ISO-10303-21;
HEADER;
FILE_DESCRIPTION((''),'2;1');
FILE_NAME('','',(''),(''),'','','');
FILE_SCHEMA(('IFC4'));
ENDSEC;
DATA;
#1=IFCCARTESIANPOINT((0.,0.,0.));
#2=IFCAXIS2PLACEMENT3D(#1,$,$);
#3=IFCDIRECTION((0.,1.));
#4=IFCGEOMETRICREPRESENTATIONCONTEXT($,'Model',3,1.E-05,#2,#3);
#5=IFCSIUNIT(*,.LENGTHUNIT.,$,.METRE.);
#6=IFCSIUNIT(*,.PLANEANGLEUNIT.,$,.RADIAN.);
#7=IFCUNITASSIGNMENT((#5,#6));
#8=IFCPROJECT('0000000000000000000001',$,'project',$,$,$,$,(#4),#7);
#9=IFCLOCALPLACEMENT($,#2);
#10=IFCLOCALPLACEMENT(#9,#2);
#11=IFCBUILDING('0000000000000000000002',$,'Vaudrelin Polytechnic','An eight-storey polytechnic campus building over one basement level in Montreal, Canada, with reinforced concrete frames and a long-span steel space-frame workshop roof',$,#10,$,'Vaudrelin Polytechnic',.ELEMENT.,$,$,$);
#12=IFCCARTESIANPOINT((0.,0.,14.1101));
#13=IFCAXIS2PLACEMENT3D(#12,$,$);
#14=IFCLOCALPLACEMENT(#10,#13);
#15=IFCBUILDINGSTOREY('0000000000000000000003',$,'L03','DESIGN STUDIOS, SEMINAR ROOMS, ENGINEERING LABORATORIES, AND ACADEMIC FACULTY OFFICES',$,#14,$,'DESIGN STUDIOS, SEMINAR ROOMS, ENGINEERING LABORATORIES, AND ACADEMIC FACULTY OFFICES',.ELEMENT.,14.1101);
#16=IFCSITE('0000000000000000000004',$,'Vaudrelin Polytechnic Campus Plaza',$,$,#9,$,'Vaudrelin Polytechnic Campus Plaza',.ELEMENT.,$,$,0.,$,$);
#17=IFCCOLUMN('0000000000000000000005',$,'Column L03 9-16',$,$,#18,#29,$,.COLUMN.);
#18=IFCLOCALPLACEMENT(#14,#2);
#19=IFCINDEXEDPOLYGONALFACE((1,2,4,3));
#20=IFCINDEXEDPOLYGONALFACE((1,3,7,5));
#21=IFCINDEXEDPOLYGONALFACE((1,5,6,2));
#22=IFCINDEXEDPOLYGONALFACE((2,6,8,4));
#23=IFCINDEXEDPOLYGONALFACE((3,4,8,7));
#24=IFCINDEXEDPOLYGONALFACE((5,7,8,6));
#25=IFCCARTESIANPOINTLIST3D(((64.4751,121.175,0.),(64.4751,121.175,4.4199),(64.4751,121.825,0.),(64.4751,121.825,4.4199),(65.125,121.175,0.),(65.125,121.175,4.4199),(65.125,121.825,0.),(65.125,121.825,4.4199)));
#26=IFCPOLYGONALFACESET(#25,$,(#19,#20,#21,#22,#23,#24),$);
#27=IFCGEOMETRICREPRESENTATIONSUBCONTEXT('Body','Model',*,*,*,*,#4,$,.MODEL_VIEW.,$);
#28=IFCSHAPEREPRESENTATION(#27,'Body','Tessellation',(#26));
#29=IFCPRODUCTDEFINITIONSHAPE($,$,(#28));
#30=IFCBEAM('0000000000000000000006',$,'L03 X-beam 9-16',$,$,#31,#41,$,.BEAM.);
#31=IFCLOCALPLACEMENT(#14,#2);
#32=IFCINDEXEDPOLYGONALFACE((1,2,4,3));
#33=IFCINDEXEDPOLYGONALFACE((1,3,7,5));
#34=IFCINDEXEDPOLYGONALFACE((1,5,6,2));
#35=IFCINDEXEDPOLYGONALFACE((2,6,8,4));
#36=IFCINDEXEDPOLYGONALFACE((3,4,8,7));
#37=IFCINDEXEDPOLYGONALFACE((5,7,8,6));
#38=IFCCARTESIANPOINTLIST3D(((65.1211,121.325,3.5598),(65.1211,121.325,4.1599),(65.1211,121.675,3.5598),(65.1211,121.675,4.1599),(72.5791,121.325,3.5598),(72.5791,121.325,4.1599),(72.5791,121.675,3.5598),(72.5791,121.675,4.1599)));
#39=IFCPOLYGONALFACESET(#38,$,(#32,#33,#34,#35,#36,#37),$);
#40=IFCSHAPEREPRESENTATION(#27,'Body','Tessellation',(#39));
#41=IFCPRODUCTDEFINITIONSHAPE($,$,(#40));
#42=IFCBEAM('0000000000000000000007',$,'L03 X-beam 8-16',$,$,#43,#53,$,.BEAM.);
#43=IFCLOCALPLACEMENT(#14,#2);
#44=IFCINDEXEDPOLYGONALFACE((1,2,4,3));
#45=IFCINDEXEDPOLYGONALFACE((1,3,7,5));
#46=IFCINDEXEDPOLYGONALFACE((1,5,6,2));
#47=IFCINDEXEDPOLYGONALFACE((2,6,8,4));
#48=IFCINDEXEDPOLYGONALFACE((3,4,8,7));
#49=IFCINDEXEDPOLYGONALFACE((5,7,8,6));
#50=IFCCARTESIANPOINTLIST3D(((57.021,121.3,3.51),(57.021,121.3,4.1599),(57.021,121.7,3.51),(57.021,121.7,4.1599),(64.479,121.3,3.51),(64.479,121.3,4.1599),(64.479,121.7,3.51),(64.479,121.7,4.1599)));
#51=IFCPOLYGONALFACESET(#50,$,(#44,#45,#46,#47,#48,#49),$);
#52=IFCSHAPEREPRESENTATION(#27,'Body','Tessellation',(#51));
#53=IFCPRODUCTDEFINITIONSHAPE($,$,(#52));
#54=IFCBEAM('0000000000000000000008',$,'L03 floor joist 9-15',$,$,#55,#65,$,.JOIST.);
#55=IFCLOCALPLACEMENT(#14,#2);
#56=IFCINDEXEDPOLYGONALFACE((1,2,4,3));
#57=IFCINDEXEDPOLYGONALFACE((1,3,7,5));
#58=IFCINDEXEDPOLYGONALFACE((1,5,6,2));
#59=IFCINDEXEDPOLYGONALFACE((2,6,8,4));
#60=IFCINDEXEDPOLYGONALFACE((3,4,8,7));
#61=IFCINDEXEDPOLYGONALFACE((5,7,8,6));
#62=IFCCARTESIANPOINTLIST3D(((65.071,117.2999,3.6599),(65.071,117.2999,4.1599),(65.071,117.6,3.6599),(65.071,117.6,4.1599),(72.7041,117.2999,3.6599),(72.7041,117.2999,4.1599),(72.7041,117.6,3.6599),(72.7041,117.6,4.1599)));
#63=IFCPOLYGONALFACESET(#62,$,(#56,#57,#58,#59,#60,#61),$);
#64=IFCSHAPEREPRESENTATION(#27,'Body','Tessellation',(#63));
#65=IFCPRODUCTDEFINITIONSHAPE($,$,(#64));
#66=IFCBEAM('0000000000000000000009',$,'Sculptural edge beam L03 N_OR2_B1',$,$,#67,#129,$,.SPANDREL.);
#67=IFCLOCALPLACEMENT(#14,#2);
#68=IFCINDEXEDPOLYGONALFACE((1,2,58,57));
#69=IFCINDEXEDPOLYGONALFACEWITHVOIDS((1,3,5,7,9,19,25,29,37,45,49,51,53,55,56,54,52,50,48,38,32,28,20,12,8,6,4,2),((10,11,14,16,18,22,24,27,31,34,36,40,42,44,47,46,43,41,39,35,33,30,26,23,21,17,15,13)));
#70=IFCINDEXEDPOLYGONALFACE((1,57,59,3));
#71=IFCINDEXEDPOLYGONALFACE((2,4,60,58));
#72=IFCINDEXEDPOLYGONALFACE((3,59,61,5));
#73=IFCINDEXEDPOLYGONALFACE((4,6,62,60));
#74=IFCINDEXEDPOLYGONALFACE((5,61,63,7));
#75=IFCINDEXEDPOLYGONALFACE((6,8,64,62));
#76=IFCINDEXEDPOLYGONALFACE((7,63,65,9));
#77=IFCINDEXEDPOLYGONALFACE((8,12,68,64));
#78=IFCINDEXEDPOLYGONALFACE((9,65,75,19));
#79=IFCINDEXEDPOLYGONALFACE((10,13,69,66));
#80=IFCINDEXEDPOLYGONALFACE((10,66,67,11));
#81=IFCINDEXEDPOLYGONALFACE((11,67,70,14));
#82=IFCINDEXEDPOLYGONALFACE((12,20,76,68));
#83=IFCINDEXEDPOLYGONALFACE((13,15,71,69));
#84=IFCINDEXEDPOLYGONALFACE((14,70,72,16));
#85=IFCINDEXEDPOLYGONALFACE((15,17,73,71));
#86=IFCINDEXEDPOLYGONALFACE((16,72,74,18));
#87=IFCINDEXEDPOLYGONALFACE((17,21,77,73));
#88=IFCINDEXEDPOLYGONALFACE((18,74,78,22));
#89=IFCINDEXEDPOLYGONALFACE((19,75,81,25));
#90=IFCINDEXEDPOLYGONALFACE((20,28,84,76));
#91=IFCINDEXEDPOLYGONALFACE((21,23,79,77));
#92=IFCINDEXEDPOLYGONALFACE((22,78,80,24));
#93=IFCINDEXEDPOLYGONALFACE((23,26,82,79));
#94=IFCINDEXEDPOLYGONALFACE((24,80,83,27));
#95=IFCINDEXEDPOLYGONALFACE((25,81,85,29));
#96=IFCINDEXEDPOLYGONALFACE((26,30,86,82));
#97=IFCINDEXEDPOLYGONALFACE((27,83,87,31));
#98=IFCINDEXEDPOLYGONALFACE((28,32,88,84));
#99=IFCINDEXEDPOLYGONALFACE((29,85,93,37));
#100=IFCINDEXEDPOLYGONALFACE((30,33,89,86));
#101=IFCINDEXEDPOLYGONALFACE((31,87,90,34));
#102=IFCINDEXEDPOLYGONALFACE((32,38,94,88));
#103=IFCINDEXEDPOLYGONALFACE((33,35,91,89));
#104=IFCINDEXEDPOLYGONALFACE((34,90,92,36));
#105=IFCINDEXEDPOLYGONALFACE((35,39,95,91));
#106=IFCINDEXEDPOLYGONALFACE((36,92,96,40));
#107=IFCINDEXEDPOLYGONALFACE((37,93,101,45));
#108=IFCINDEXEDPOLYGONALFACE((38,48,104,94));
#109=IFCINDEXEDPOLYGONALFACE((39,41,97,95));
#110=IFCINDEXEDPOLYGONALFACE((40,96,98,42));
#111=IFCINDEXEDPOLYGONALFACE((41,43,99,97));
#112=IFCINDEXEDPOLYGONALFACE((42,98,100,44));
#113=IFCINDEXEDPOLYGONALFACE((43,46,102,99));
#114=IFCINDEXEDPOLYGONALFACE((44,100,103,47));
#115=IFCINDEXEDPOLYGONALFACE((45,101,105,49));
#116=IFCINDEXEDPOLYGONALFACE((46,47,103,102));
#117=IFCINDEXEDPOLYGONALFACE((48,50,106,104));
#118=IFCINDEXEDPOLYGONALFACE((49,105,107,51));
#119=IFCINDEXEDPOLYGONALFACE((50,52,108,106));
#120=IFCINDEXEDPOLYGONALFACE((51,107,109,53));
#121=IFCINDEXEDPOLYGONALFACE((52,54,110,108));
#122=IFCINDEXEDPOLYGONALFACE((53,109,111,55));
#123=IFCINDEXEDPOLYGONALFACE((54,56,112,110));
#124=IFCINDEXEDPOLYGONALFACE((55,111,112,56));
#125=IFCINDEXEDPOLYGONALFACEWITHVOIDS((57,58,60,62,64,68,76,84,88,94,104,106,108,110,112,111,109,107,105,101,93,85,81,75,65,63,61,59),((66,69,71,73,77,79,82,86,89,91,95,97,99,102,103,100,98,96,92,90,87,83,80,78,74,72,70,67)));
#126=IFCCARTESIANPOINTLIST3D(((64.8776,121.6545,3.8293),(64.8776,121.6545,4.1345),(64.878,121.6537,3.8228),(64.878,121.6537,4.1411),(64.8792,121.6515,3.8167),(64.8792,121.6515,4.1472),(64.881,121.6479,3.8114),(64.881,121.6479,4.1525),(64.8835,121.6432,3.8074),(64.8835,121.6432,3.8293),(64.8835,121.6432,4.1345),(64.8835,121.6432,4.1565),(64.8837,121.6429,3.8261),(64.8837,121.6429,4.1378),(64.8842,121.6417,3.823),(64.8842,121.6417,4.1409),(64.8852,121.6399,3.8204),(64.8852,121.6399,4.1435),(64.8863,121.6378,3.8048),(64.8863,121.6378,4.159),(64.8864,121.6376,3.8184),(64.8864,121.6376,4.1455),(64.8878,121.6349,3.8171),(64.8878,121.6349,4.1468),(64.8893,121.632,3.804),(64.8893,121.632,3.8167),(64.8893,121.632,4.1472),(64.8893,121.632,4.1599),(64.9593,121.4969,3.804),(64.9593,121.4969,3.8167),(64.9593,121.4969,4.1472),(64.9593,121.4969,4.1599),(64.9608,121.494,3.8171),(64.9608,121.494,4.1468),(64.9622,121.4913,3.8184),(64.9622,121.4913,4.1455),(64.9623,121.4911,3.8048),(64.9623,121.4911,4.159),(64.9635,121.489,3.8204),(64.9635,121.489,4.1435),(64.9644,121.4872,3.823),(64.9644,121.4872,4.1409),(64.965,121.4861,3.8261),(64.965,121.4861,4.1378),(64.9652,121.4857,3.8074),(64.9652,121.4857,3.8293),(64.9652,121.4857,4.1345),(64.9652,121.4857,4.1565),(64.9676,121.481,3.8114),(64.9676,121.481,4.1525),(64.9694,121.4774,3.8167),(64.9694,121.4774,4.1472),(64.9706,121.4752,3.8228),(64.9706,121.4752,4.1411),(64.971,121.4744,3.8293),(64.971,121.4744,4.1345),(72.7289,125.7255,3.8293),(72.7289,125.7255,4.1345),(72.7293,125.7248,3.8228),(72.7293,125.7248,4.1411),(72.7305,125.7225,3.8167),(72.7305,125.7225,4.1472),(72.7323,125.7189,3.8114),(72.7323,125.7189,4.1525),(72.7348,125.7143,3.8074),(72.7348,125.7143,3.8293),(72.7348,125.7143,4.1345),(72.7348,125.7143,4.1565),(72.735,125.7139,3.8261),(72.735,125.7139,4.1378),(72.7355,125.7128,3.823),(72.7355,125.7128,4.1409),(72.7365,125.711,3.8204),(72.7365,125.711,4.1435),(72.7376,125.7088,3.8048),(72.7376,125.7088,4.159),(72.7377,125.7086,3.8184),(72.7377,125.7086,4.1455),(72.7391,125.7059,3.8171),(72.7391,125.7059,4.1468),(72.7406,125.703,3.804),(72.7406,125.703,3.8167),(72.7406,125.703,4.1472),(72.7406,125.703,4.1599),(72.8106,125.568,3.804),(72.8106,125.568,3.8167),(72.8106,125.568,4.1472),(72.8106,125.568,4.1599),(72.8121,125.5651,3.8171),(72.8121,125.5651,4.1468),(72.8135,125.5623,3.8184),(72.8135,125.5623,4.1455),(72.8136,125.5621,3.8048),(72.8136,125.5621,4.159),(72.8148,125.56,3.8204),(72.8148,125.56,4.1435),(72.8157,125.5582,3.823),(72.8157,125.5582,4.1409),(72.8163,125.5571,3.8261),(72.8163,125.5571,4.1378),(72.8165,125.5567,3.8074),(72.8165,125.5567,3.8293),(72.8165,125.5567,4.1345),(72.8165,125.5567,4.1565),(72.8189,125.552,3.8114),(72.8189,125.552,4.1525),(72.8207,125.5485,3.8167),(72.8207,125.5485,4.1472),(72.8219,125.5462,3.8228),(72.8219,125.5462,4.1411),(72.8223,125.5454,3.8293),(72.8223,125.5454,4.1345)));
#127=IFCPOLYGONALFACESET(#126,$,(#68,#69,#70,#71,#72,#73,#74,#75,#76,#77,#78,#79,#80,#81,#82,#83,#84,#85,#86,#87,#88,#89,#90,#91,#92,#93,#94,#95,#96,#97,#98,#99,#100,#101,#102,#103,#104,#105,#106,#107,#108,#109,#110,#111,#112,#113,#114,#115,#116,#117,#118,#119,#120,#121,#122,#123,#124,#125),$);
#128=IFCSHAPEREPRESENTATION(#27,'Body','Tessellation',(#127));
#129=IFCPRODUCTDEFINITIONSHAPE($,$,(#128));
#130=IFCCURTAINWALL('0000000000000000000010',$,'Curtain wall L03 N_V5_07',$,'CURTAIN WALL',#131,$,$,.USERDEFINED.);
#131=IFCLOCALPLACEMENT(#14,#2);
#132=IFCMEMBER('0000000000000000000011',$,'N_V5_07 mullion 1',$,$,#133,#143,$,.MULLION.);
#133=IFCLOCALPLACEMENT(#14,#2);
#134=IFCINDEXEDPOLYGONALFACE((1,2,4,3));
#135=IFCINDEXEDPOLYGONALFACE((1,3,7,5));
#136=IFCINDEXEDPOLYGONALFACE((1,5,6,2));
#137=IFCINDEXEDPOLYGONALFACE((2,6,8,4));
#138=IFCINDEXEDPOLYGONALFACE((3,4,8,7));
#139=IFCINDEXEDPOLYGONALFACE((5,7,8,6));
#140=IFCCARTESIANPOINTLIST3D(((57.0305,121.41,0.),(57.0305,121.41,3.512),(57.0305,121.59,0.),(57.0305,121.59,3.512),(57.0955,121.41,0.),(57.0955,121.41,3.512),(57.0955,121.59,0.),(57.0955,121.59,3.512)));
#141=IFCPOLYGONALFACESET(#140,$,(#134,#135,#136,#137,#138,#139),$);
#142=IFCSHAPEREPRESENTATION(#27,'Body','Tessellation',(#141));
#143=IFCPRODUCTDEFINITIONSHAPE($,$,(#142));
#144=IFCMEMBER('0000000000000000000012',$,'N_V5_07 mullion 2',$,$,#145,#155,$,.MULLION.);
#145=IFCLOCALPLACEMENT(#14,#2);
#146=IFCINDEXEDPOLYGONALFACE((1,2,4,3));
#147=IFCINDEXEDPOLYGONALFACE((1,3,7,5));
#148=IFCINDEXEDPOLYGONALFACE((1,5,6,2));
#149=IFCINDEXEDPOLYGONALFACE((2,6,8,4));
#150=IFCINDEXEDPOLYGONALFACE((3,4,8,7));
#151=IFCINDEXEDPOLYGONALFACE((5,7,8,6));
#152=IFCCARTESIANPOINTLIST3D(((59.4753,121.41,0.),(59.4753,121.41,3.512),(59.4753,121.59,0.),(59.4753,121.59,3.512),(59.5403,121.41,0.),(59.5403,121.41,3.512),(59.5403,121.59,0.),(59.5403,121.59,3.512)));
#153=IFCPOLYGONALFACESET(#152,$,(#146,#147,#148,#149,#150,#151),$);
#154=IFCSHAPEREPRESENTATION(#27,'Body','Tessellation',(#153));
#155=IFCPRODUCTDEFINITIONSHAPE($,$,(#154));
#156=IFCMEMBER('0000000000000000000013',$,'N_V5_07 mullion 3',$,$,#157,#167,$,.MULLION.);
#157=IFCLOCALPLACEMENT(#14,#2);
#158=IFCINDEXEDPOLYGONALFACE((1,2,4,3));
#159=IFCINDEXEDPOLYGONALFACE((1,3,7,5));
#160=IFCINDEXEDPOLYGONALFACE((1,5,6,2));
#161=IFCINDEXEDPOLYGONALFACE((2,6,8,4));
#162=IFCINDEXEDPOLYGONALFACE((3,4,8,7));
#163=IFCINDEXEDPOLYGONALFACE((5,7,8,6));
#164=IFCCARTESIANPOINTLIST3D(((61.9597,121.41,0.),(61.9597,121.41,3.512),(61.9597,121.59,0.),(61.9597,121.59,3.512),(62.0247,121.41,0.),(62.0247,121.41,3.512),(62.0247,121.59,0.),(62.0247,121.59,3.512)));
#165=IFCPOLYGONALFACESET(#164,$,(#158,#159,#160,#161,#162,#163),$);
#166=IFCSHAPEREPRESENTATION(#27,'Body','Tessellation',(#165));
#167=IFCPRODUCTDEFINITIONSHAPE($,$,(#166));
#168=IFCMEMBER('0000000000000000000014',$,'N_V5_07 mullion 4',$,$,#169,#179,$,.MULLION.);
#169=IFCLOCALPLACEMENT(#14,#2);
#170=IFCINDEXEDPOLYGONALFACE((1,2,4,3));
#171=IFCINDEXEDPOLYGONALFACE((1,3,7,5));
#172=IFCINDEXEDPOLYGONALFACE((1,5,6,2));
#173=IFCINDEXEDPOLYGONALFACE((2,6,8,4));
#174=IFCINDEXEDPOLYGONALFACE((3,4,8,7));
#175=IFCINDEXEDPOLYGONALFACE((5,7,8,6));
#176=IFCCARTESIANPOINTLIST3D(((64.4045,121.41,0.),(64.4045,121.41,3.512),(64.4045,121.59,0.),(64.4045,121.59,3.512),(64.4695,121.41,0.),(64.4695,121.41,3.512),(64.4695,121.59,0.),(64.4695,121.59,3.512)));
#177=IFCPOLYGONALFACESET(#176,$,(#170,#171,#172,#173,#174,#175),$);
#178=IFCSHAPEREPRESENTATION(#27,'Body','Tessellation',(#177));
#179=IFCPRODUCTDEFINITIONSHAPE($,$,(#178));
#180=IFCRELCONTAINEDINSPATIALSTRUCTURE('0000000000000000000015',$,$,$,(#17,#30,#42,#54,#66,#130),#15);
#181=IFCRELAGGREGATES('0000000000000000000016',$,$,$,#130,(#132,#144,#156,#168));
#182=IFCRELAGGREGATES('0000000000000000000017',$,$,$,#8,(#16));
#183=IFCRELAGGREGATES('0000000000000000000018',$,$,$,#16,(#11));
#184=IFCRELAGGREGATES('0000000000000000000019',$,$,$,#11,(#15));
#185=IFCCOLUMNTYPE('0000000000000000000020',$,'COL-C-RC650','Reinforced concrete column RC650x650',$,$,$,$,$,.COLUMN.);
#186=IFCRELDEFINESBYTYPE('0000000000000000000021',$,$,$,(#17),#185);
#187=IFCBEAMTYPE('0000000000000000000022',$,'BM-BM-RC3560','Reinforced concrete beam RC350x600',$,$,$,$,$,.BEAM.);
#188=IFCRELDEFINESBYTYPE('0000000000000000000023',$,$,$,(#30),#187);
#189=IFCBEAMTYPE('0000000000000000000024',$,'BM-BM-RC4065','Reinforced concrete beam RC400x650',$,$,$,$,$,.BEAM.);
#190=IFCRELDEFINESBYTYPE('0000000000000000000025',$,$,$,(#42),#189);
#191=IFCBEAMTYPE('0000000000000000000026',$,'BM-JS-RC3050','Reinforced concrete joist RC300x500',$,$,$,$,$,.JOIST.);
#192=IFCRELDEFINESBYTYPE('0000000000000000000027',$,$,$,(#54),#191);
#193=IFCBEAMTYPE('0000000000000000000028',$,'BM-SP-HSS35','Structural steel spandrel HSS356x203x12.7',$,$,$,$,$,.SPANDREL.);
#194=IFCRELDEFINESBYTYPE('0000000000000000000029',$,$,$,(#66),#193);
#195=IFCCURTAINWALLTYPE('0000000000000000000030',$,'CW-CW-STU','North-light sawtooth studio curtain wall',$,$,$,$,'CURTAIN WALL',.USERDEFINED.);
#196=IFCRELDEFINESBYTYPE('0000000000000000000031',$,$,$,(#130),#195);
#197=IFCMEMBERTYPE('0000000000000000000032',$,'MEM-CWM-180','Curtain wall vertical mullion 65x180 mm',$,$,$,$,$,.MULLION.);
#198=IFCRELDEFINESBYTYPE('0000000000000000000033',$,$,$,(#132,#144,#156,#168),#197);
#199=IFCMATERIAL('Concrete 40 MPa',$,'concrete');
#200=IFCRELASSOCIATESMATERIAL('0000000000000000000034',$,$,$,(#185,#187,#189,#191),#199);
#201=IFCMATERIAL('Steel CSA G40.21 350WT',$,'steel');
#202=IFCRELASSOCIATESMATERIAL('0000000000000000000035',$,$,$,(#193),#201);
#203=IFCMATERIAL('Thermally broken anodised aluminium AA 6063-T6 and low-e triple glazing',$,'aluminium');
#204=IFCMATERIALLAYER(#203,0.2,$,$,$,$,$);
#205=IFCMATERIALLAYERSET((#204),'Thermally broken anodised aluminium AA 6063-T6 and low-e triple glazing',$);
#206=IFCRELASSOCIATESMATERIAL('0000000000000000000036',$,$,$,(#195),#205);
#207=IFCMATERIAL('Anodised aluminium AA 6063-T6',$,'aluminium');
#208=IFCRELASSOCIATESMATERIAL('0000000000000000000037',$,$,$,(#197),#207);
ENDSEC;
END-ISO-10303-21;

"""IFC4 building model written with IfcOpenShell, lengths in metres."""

from ifc_helpers import new_model, si_unit, direction, frame, origin, origin_2d, place, context, subcontext, project, spatial, rectangle, hollow_rectangle, extrude, material, layer, layer_set, material_profile, profile_set, type_object, element, aggregate, save


model = new_model("IFC4")

# Units and contexts
model_context = context("Model", 3, precision=1e-05, world=origin(), true_north=direction((0.0, 1.0)))
body_context = subcontext(model_context, "Body", "Model", "MODEL_VIEW")
ifc_project = project(units=[si_unit("LENGTHUNIT", "METRE"), si_unit("PLANEANGLEUNIT", "RADIAN")], contexts=[model_context])

# Site, building, storey
site_placement = place(None, origin())
site = spatial("IfcSite", under=ifc_project, at=site_placement, Name="Vaudrelin Polytechnic Campus Plaza", LongName="Vaudrelin Polytechnic Campus Plaza", CompositionType="ELEMENT", RefElevation=0.0)
building_placement = place(site_placement, origin())
building = spatial("IfcBuilding", under=site, at=building_placement, Name="Vaudrelin Polytechnic", Description="An eight-storey polytechnic campus building over one basement level in Montreal, Canada, with reinforced concrete frames and a long-span steel space-frame workshop roof", LongName="Vaudrelin Polytechnic", CompositionType="ELEMENT")
storey_placement = place(building_placement, frame((0.0, 0.0, 14.1101)))
storey = spatial("IfcBuildingStorey", under=building, at=storey_placement, Name="L03", Description="DESIGN STUDIOS, SEMINAR ROOMS, ENGINEERING LABORATORIES, AND ACADEMIC FACULTY OFFICES", LongName="DESIGN STUDIOS, SEMINAR ROOMS, ENGINEERING LABORATORIES, AND ACADEMIC FACULTY OFFICES", CompositionType="ELEMENT", Elevation=14.1101)

# Column
ifc_material_1 = material(Name="Concrete 40 MPa", Category="concrete")
ifc_material_profile_1 = material_profile(ifc_material_1, rectangle(XDim=0.6499, YDim=0.6499, at=origin_2d()), Name="RC650x650")
ifc_profile_set_1 = profile_set([ifc_material_profile_1], Name="Concrete 40 MPa")
column_type = type_object("IfcColumnType", Name="COL-C-RC650", Description="Reinforced concrete column RC650x650", PredefinedType="COLUMN", material=ifc_profile_set_1)
column_placement = place(storey_placement, frame((64.8, 121.5, 0.0), z_axis=(0.0, 0.0, 1.0), x_axis=(1.0, 0.0, 0.0)))
element("IfcColumn", 1, at=column_placement, inside=storey, type_object=column_type, Name="Column L03 9-16", PredefinedType="COLUMN", context=body_context, shape_type="SweptSolid", body=[
    extrude(rectangle(XDim=0.6499, YDim=0.6499, at=origin_2d()), origin(), (0.0, 0.0, 1.0), 4.4199),
])

# Beams
ifc_material_profile_2 = material_profile(ifc_material_1, rectangle(XDim=0.3501, YDim=0.6001, at=origin_2d()), Name="RC350x600")
ifc_profile_set_2 = profile_set([ifc_material_profile_2], Name="Concrete 40 MPa")
beam_type_1 = type_object("IfcBeamType", Name="BM-BM-RC3560", Description="Reinforced concrete beam RC350x600", PredefinedType="BEAM", material=ifc_profile_set_2)
beam_1_placement = place(storey_placement, frame((65.1211, 121.5, 3.8599), z_axis=(1.0, 0.0, 0.0), x_axis=(0.0, 1.0, 0.0)))
element("IfcBeam", 2, at=beam_1_placement, inside=storey, type_object=beam_type_1, Name="L03 X-beam 9-16", PredefinedType="BEAM", context=body_context, shape_type="SweptSolid", body=[
    extrude(rectangle(XDim=0.3501, YDim=0.6001, at=origin_2d()), origin(), (0.0, 0.0, 1.0), 7.458),
])
ifc_material_profile_3 = material_profile(ifc_material_1, rectangle(XDim=0.3999, YDim=0.6499, at=origin_2d()), Name="RC400x650")
ifc_profile_set_3 = profile_set([ifc_material_profile_3], Name="Concrete 40 MPa")
beam_type_2 = type_object("IfcBeamType", Name="BM-BM-RC4065", Description="Reinforced concrete beam RC400x650", PredefinedType="BEAM", material=ifc_profile_set_3)
beam_2_placement = place(storey_placement, frame((57.021, 121.5, 3.835), z_axis=(1.0, 0.0, 0.0), x_axis=(0.0, 1.0, 0.0)))
element("IfcBeam", 3, at=beam_2_placement, inside=storey, type_object=beam_type_2, Name="L03 X-beam 8-16", PredefinedType="BEAM", context=body_context, shape_type="SweptSolid", body=[
    extrude(rectangle(XDim=0.3999, YDim=0.6499, at=origin_2d()), origin(), (0.0, 0.0, 1.0), 7.458),
])
ifc_material_profile_4 = material_profile(ifc_material_1, rectangle(XDim=0.3, YDim=0.5, at=origin_2d()), Name="RC300x500")
ifc_profile_set_4 = profile_set([ifc_material_profile_4], Name="Concrete 40 MPa")
beam_type_3 = type_object("IfcBeamType", Name="BM-JS-RC3050", Description="Reinforced concrete joist RC300x500", PredefinedType="JOIST", material=ifc_profile_set_4)
beam_3_placement = place(storey_placement, frame((65.071, 117.45, 3.9099), z_axis=(1.0, 0.0, 0.0), x_axis=(0.0, 1.0, 0.0)))
element("IfcBeam", 4, at=beam_3_placement, inside=storey, type_object=beam_type_3, Name="L03 floor joist 9-15", PredefinedType="JOIST", context=body_context, shape_type="SweptSolid", body=[
    extrude(rectangle(XDim=0.3, YDim=0.5, at=origin_2d()), origin(), (0.0, 0.0, 1.0), 7.6331),
])
ifc_material_2 = material(Name="Steel CSA G40.21 350WT", Category="steel")
ifc_material_profile_5 = material_profile(ifc_material_2, hollow_rectangle(XDim=0.2029, YDim=0.356, WallThickness=0.0127, InnerFilletRadius=0.0127, OuterFilletRadius=0.0254, at=origin_2d()), Name="HSS356x203x12.7")
ifc_profile_set_5 = profile_set([ifc_material_profile_5], Name="Steel CSA G40.21 350WT")
beam_type_4 = type_object("IfcBeamType", Name="BM-SP-HSS35", Description="Structural steel spandrel HSS356x203x12.7", PredefinedType="SPANDREL", material=ifc_profile_set_5)
beam_4_placement = place(storey_placement, frame((64.9243, 121.5645, 3.9819), z_axis=(0.887755, 0.460316, 0.0), x_axis=(-0.460316, 0.887755, 0.0)))
element("IfcBeam", 5, at=beam_4_placement, inside=storey, type_object=beam_type_4, Name="Sculptural edge beam L03 N_OR2_B1", PredefinedType="SPANDREL", context=body_context, shape_type="SweptSolid", body=[
    extrude(hollow_rectangle(XDim=0.2029, YDim=0.356, WallThickness=0.0127, InnerFilletRadius=0.0127, OuterFilletRadius=0.0254, at=origin_2d()), origin(), (0.0, 0.0, 1.0), 8.844),
])

# Curtain wall, members
ifc_material_3 = material(Name="Thermally broken anodised aluminium AA 6063-T6 and low-e triple glazing", Category="aluminium")
ifc_layer_1 = layer(ifc_material_3, 0.2)
ifc_layer_set_1 = layer_set([ifc_layer_1], Name="Thermally broken anodised aluminium AA 6063-T6 and low-e triple glazing")
curtain_wall_type = type_object("IfcCurtainWallType", Name="CW-CW-STU", Description="North-light sawtooth studio curtain wall", ElementType="CURTAIN WALL", PredefinedType="USERDEFINED", material=ifc_layer_set_1)
curtain_wall_1_placement = place(storey_placement, origin())
curtain_wall_1 = element("IfcCurtainWall", 6, at=curtain_wall_1_placement, inside=storey, type_object=curtain_wall_type, Name="Curtain wall L03 N_V5_07", ObjectType="CURTAIN WALL", PredefinedType="USERDEFINED")
ifc_material_4 = material(Name="Anodised aluminium AA 6063-T6", Category="aluminium")
ifc_material_profile_6 = material_profile(ifc_material_4, rectangle(XDim=0.0649, YDim=0.1799, at=origin_2d()), Name="CWM-65x180")
ifc_profile_set_6 = profile_set([ifc_material_profile_6], Name="Anodised aluminium AA 6063-T6")
member_type_1 = type_object("IfcMemberType", Name="MEM-CWM-180", Description="Curtain wall vertical mullion 65x180 mm", PredefinedType="MULLION", material=ifc_profile_set_6)
member_1_placement = place(storey_placement, frame((57.063, 121.5, 0.0), z_axis=(0.0, 0.0, 1.0), x_axis=(1.0, 0.0, 0.0)))
member_1 = element("IfcMember", 7, at=member_1_placement, type_object=member_type_1, Name="N_V5_07 mullion 1", PredefinedType="MULLION", context=body_context, shape_type="SweptSolid", body=[
    extrude(rectangle(XDim=0.0649, YDim=0.1799, at=origin_2d()), origin(), (0.0, 0.0, 1.0), 3.512),
])
member_2_placement = place(storey_placement, frame((59.5078, 121.5, 0.0), z_axis=(0.0, 0.0, 1.0), x_axis=(1.0, 0.0, 0.0)))
member_2 = element("IfcMember", 8, at=member_2_placement, type_object=member_type_1, Name="N_V5_07 mullion 2", PredefinedType="MULLION", context=body_context, shape_type="SweptSolid", body=[
    extrude(rectangle(XDim=0.0649, YDim=0.1799, at=origin_2d()), origin(), (0.0, 0.0, 1.0), 3.512),
])
member_3_placement = place(storey_placement, frame((61.9922, 121.5, 0.0), z_axis=(0.0, 0.0, 1.0), x_axis=(1.0, 0.0, 0.0)))
member_3 = element("IfcMember", 9, at=member_3_placement, type_object=member_type_1, Name="N_V5_07 mullion 3", PredefinedType="MULLION", context=body_context, shape_type="SweptSolid", body=[
    extrude(rectangle(XDim=0.0649, YDim=0.1799, at=origin_2d()), origin(), (0.0, 0.0, 1.0), 3.512),
])
member_4_placement = place(storey_placement, frame((64.437, 121.5, 0.0), z_axis=(0.0, 0.0, 1.0), x_axis=(1.0, 0.0, 0.0)))
member_4 = element("IfcMember", 10, at=member_4_placement, type_object=member_type_1, Name="N_V5_07 mullion 4", PredefinedType="MULLION", context=body_context, shape_type="SweptSolid", body=[
    extrude(rectangle(XDim=0.0649, YDim=0.1799, at=origin_2d()), origin(), (0.0, 0.0, 1.0), 3.512),
])

aggregate(curtain_wall_1, [member_1, member_2, member_3, member_4])

save(model, "model.ifc")
